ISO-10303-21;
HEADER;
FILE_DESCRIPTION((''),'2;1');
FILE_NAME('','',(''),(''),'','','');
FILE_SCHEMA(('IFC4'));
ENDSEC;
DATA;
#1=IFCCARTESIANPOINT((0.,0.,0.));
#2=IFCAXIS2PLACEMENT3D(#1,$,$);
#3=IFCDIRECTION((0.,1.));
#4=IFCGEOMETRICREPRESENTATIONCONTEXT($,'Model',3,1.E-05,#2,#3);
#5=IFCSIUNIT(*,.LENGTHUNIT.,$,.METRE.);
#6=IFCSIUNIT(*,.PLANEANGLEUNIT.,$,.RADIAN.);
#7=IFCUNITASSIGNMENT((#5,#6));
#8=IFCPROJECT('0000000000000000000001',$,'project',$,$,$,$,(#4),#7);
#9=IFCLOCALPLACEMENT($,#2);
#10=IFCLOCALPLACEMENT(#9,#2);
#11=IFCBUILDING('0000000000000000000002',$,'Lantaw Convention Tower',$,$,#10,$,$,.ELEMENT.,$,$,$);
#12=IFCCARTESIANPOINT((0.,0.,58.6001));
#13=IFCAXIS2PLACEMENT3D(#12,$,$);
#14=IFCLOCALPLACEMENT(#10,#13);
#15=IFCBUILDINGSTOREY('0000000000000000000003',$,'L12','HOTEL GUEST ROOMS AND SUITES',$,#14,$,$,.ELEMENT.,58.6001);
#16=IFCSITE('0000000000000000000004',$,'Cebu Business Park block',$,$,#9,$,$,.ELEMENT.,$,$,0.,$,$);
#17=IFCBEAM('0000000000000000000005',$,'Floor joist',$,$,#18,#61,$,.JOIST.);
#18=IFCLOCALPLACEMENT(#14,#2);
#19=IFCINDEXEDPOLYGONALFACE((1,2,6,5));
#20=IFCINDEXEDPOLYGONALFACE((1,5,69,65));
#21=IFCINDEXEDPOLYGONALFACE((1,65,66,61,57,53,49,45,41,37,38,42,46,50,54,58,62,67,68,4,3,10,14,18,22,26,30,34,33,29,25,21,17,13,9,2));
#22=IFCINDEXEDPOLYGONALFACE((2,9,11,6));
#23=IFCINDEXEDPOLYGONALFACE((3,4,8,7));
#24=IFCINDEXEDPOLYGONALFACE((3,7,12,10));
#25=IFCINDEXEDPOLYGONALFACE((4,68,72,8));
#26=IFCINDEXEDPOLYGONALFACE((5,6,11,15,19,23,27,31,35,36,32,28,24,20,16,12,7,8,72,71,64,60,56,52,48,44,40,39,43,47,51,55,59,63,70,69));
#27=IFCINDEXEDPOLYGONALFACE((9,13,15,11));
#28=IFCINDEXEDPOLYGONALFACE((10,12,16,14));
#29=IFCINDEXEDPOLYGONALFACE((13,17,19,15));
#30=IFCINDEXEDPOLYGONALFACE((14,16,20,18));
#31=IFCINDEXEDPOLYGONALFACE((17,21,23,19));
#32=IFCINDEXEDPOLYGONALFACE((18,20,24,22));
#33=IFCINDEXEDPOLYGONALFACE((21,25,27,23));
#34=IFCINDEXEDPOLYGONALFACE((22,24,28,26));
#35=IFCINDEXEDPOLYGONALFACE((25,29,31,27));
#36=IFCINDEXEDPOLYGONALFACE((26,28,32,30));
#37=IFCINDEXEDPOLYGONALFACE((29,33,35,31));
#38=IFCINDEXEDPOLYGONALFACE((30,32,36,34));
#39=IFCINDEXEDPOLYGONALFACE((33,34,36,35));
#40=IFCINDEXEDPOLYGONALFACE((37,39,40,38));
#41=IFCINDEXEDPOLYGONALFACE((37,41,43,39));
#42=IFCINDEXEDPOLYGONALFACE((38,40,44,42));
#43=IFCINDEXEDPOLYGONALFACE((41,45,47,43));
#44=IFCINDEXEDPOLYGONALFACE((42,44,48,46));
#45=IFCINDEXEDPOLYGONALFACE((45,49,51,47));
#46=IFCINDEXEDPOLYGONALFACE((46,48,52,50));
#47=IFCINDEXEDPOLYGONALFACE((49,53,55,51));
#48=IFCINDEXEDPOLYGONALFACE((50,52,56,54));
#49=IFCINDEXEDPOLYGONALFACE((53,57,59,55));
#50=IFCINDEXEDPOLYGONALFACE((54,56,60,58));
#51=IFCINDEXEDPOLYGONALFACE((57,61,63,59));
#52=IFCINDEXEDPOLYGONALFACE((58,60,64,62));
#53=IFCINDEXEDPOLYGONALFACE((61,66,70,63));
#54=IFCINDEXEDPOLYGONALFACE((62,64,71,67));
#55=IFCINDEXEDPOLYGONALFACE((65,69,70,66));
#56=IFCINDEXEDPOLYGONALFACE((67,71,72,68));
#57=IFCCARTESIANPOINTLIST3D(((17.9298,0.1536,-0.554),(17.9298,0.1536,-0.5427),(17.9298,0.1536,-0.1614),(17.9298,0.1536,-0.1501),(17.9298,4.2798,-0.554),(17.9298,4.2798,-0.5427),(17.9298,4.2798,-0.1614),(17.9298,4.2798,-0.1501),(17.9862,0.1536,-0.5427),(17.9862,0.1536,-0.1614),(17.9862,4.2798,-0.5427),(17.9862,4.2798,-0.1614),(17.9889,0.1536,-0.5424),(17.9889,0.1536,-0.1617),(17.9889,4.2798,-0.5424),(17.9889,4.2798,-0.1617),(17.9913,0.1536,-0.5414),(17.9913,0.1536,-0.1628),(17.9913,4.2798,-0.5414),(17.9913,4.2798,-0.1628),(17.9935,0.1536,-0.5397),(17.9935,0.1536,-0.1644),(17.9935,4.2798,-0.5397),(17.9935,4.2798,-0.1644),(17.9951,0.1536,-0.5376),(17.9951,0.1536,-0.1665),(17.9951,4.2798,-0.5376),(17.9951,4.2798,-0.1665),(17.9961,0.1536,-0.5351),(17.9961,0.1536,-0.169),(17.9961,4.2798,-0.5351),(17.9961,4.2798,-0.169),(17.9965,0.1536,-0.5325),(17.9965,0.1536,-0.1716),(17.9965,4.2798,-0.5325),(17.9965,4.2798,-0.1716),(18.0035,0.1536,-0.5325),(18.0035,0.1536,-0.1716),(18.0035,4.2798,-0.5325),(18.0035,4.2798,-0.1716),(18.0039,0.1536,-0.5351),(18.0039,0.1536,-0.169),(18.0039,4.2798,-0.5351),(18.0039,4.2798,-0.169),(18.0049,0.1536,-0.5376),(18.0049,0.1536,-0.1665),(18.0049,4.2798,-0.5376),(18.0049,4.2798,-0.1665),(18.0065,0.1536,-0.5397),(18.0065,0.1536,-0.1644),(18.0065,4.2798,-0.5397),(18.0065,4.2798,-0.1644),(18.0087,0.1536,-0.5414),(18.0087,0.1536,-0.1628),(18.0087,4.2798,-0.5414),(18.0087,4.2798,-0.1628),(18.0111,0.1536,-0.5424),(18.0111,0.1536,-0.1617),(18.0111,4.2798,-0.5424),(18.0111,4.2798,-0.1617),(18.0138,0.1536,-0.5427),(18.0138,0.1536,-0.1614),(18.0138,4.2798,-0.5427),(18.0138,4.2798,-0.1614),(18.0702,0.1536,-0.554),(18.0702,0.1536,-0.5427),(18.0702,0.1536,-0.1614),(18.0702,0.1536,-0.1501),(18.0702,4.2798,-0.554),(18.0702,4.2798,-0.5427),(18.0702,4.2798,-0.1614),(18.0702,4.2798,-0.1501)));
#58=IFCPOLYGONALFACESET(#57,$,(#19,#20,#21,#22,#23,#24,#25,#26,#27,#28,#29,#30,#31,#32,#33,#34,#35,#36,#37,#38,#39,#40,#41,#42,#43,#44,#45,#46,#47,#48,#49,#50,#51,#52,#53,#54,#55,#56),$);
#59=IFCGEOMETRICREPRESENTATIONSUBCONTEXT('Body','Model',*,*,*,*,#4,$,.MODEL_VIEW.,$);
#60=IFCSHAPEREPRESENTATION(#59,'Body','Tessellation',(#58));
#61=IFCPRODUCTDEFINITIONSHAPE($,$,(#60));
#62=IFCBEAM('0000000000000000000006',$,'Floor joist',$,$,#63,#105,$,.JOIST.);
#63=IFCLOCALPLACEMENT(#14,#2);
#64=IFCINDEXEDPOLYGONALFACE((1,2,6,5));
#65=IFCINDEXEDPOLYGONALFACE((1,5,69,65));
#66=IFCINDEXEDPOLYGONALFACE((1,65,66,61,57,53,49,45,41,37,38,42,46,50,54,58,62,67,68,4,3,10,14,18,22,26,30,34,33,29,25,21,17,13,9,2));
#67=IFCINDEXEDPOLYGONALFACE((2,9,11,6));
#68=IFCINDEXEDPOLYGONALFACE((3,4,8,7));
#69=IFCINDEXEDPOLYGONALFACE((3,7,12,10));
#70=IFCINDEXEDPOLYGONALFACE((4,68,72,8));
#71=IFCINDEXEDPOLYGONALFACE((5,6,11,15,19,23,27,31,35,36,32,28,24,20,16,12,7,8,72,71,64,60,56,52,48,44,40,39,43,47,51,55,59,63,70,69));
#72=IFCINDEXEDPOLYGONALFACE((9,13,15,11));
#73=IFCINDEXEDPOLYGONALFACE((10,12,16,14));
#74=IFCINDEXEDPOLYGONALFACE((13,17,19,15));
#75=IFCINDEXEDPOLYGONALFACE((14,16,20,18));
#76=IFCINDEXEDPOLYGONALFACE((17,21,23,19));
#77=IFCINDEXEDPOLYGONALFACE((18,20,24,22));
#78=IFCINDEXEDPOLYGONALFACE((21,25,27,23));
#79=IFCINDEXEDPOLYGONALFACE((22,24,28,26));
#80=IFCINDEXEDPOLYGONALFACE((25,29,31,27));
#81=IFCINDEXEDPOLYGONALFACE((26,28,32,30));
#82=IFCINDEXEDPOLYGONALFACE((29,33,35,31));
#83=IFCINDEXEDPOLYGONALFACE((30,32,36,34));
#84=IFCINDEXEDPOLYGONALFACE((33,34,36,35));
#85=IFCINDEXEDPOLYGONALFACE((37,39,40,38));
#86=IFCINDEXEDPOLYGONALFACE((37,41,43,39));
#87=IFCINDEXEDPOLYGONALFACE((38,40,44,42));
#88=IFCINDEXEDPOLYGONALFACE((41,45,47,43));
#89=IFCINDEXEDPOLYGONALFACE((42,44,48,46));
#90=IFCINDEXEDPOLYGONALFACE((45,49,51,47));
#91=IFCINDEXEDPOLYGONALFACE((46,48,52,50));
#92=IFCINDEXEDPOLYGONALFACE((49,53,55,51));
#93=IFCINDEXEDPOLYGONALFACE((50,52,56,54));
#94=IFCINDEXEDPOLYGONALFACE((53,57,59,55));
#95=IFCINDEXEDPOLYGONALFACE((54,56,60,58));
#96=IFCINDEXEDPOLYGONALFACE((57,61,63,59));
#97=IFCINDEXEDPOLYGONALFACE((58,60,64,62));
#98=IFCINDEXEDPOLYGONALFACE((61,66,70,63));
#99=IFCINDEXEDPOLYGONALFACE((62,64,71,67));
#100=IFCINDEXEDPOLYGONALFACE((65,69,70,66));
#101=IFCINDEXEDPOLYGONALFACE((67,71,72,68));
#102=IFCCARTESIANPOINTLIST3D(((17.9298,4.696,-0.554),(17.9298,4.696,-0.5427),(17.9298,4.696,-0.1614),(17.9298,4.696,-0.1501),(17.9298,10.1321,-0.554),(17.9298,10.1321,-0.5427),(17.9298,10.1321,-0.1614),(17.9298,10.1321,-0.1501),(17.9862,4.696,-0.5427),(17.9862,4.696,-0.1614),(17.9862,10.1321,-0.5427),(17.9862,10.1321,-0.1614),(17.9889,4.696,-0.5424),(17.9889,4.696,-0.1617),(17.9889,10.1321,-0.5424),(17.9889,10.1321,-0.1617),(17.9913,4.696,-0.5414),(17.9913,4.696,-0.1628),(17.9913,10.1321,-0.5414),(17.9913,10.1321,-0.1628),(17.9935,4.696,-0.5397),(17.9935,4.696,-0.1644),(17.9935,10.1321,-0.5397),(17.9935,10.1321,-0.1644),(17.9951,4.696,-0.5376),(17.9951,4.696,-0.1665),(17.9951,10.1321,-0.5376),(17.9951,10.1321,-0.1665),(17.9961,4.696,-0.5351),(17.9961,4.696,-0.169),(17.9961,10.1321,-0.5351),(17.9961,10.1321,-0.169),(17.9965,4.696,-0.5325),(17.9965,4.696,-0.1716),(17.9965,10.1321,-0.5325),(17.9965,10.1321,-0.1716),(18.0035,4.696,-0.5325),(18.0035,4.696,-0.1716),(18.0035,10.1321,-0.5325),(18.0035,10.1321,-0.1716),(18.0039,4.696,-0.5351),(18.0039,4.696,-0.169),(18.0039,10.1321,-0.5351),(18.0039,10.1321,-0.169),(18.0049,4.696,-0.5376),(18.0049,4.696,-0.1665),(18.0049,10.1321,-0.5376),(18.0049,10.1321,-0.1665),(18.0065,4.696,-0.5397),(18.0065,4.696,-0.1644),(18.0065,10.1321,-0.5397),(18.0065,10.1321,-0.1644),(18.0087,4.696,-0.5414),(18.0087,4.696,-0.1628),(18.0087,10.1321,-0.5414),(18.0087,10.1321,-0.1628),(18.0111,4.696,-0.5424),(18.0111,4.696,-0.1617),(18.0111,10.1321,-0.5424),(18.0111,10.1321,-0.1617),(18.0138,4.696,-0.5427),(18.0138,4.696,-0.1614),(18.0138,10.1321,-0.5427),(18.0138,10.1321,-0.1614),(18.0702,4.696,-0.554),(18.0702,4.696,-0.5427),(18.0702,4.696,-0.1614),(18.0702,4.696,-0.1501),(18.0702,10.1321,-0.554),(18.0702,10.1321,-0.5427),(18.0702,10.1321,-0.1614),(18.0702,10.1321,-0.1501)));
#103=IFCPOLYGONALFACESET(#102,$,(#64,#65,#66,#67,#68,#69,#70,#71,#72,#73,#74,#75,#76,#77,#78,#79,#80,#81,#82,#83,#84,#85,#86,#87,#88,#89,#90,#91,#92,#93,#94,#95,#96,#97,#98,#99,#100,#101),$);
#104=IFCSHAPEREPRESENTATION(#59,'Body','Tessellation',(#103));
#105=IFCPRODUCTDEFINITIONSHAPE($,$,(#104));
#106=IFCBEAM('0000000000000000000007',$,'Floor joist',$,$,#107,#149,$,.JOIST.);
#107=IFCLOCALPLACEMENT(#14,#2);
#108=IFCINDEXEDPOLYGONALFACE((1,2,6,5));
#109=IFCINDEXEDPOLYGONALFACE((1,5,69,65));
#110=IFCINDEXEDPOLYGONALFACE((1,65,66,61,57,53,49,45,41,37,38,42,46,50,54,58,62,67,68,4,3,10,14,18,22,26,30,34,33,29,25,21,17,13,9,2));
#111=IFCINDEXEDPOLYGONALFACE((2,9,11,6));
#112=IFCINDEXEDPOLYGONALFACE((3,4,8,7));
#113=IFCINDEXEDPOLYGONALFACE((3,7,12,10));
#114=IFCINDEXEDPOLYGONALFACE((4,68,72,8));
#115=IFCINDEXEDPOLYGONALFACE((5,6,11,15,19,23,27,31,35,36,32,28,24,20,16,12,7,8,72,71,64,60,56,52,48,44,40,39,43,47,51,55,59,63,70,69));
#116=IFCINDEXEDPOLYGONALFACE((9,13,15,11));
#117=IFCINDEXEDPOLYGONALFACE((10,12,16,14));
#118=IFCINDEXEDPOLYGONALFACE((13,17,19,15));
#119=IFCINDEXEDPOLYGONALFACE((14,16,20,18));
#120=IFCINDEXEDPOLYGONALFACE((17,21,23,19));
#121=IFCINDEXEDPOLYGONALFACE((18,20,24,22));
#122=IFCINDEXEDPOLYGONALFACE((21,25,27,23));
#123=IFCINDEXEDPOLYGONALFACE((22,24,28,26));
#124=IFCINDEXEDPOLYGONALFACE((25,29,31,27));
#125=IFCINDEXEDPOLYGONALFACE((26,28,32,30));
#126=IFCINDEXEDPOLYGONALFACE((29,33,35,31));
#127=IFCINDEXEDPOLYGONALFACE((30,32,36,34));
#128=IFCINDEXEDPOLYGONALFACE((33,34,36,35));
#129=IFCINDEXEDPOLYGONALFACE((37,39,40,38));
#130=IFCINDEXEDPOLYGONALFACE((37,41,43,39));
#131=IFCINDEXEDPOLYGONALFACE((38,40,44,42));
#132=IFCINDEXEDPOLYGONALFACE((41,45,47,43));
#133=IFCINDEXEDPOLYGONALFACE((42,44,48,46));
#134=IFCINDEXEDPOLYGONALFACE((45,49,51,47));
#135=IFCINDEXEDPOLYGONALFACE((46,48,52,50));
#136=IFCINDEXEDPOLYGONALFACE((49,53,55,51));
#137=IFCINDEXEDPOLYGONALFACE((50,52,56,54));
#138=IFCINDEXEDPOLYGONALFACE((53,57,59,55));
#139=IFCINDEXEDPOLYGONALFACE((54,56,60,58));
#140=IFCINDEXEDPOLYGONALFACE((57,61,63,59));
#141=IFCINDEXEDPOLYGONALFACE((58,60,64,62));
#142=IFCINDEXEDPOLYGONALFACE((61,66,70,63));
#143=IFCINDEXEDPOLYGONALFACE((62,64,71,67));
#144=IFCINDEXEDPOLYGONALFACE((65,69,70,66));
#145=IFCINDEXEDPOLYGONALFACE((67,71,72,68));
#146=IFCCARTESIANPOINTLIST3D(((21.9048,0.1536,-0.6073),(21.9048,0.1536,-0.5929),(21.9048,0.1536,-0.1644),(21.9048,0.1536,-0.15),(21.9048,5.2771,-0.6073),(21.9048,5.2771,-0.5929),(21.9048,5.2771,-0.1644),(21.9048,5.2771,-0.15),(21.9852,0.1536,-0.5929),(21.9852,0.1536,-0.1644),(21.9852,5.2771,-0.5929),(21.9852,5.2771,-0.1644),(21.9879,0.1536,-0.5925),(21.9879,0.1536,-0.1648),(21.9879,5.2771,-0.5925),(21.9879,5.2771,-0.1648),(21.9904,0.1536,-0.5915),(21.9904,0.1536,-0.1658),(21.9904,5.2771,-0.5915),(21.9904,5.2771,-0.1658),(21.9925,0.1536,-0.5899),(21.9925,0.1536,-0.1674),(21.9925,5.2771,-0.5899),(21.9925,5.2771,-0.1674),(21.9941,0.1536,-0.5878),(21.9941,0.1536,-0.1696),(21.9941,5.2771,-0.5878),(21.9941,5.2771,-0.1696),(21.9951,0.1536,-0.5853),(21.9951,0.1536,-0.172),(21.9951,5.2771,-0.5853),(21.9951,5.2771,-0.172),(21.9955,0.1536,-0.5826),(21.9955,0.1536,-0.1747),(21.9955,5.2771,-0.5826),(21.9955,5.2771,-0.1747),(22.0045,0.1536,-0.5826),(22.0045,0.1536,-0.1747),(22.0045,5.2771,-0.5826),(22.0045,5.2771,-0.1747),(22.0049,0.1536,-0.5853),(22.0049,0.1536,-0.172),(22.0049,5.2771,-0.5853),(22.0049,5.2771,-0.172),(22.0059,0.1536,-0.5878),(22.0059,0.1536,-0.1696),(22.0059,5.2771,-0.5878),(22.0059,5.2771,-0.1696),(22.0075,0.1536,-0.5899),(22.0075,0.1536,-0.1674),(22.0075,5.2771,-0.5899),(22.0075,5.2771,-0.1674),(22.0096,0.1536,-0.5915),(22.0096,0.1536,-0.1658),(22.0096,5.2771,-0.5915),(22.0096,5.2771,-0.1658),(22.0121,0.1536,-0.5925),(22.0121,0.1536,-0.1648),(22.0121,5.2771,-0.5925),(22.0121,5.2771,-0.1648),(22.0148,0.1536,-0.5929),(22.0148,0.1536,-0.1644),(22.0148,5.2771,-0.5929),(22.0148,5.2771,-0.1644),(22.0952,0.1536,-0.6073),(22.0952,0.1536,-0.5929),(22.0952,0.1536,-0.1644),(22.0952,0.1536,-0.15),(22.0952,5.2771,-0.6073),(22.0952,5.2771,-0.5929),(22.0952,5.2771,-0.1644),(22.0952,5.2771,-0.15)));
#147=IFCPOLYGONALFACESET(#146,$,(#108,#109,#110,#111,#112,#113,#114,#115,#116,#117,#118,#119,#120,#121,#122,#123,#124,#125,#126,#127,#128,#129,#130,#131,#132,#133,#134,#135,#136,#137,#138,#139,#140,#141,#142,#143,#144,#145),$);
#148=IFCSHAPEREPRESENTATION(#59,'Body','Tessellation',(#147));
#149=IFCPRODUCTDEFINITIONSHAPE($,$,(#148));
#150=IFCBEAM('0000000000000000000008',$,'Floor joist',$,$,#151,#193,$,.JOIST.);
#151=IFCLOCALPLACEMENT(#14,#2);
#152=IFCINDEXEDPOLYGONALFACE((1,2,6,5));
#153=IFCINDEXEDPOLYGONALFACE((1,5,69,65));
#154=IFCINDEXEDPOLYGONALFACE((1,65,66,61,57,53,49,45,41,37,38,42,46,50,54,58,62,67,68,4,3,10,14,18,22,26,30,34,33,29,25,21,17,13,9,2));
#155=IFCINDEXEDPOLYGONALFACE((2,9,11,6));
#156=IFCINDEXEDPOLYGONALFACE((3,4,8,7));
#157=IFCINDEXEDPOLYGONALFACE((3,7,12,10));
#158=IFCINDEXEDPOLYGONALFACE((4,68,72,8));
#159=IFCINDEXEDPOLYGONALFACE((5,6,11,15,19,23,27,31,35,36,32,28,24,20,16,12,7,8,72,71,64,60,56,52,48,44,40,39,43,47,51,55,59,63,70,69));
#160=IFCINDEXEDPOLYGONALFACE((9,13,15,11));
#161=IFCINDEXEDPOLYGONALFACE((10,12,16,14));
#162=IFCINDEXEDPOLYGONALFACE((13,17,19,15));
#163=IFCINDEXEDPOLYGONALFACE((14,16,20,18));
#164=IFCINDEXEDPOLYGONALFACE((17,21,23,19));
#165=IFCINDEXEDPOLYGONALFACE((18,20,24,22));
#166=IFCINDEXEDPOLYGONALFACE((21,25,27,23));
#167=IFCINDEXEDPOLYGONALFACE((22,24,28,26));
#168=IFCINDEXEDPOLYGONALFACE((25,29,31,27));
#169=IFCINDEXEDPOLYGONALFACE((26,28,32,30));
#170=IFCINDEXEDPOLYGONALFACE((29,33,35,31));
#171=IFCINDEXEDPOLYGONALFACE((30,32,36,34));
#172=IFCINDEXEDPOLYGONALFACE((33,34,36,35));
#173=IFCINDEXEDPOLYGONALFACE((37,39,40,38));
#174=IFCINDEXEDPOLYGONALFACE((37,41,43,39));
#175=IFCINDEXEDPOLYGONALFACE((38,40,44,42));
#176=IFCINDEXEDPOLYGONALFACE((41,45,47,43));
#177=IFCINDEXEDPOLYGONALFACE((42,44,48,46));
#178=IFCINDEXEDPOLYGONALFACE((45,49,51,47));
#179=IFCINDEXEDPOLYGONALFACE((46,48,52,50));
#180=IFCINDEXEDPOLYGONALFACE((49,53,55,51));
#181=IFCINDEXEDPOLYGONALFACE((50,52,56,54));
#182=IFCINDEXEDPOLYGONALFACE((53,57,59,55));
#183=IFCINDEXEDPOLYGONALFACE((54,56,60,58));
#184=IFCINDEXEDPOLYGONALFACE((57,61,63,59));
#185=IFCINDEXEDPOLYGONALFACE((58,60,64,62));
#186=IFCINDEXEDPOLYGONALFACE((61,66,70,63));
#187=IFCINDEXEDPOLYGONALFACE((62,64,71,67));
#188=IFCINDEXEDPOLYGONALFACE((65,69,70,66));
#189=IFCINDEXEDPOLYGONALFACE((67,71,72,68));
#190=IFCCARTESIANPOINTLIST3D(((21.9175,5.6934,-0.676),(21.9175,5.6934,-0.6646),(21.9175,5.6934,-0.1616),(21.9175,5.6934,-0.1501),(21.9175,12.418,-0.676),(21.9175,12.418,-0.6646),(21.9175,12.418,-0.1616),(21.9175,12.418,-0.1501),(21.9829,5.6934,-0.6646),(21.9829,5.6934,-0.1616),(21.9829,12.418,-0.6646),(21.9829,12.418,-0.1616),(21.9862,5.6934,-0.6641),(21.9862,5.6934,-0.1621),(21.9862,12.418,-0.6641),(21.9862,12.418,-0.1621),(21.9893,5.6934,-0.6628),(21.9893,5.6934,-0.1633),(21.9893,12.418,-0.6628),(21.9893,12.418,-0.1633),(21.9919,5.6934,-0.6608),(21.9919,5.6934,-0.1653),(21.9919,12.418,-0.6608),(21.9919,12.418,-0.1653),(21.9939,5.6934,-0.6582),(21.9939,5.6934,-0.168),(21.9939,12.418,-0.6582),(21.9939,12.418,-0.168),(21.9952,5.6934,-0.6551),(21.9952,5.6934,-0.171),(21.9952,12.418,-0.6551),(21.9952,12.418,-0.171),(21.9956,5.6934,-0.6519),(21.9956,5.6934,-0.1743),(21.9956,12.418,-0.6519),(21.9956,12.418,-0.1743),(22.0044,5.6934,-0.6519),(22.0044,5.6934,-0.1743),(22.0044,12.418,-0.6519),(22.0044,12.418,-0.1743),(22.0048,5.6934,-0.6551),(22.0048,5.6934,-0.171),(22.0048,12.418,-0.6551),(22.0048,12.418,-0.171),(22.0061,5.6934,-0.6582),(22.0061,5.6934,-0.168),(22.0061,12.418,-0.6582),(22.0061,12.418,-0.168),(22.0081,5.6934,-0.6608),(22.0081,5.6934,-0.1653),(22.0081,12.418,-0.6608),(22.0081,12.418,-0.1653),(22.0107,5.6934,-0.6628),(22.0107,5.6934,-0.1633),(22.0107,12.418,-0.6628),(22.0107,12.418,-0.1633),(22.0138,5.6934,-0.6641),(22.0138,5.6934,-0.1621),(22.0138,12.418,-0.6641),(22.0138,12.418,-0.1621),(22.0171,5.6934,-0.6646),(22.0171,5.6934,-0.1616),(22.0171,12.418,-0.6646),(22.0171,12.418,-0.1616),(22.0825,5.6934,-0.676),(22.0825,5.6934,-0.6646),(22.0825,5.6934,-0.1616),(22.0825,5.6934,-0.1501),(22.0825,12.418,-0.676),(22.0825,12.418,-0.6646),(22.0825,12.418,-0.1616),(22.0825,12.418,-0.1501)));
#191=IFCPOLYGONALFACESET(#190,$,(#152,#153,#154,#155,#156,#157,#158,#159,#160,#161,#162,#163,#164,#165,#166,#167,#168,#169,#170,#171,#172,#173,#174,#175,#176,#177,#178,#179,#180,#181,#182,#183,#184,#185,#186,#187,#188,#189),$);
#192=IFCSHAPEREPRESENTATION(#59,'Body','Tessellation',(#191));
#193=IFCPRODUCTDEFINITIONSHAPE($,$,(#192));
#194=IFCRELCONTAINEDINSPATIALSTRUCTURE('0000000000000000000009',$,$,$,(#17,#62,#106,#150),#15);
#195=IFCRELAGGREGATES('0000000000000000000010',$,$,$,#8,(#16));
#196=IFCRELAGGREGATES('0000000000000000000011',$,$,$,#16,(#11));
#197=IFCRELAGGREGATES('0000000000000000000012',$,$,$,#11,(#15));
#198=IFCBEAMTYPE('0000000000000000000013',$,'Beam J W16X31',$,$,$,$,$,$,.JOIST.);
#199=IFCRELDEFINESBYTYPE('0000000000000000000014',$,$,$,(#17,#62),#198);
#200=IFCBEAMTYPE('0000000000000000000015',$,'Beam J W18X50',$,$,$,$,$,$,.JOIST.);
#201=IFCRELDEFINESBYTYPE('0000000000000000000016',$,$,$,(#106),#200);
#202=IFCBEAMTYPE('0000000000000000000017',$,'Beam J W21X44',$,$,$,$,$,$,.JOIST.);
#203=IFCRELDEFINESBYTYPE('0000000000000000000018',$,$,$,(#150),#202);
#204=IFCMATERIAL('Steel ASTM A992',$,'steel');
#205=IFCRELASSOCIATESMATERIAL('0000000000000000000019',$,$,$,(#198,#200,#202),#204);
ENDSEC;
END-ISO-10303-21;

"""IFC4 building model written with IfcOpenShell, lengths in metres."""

from ifc_helpers import new_model, si_unit, direction, frame, origin, origin_2d, place, context, subcontext, project, spatial, i_section, extrude, material, material_profile, profile_set, type_object, element, save


model = new_model("IFC4")

# Units and contexts
model_context = context("Model", 3, precision=1e-05, world=origin(), true_north=direction((0.0, 1.0)))
body_context = subcontext(model_context, "Body", "Model", "MODEL_VIEW")
ifc_project = project(units=[si_unit("LENGTHUNIT", "METRE"), si_unit("PLANEANGLEUNIT", "RADIAN")], contexts=[model_context])

# Site, building, storey
site_placement = place(None, origin())
site = spatial("IfcSite", under=ifc_project, at=site_placement, Name="Cebu Business Park block", CompositionType="ELEMENT", RefElevation=0.0)
building_placement = place(site_placement, origin())
building = spatial("IfcBuilding", under=site, at=building_placement, Name="Lantaw Convention Tower", CompositionType="ELEMENT")
storey_placement = place(building_placement, frame((0.0, 0.0, 58.6001)))
storey = spatial("IfcBuildingStorey", under=building, at=storey_placement, Name="L12", Description="HOTEL GUEST ROOMS AND SUITES", CompositionType="ELEMENT", Elevation=58.6001)

# Beams
ifc_material_1 = material(Name="Steel ASTM A992", Category="steel")
ifc_material_profile_1 = material_profile(ifc_material_1, i_section(OverallWidth=0.1404, OverallDepth=0.4038, WebThickness=0.0071, FlangeThickness=0.0112, FilletRadius=0.0103, at=origin_2d()), Name="W16X31")
ifc_profile_set_1 = profile_set([ifc_material_profile_1], Name="Steel ASTM A992")
beam_type_1 = type_object("IfcBeamType", Name="Beam J W16X31", PredefinedType="JOIST", material=ifc_profile_set_1)
beam_1_placement = place(storey_placement, frame((18.0, 0.1536, -0.3521), z_axis=(0.0, 1.0, 0.0), x_axis=(-1.0, 0.0, 0.0)))
element("IfcBeam", 1, at=beam_1_placement, inside=storey, type_object=beam_type_1, Name="Floor joist", PredefinedType="JOIST", context=body_context, shape_type="SweptSolid", body=[
    extrude(i_section(OverallWidth=0.1404, OverallDepth=0.4038, WebThickness=0.0071, FlangeThickness=0.0112, FilletRadius=0.0103, at=origin_2d()), origin(), (0.0, 0.0, 1.0), 4.1262),
])
beam_2_placement = place(storey_placement, frame((18.0, 4.696, -0.3521), z_axis=(0.0, 1.0, 0.0), x_axis=(-1.0, 0.0, 0.0)))
element("IfcBeam", 2, at=beam_2_placement, inside=storey, type_object=beam_type_1, Name="Floor joist", PredefinedType="JOIST", context=body_context, shape_type="SweptSolid", body=[
    extrude(i_section(OverallWidth=0.1404, OverallDepth=0.4038, WebThickness=0.0071, FlangeThickness=0.0112, FilletRadius=0.0103, at=origin_2d()), origin(), (0.0, 0.0, 1.0), 5.436),
])
ifc_material_profile_2 = material_profile(ifc_material_1, i_section(OverallWidth=0.1904, OverallDepth=0.4573, WebThickness=0.009, FlangeThickness=0.0144, FilletRadius=0.0103, at=origin_2d()), Name="W18X50")
ifc_profile_set_2 = profile_set([ifc_material_profile_2], Name="Steel ASTM A992")
beam_type_2 = type_object("IfcBeamType", Name="Beam J W18X50", PredefinedType="JOIST", material=ifc_profile_set_2)
beam_3_placement = place(storey_placement, frame((22.0, 0.1536, -0.3787), z_axis=(0.0, 1.0, 0.0), x_axis=(-1.0, 0.0, 0.0)))
element("IfcBeam", 3, at=beam_3_placement, inside=storey, type_object=beam_type_2, Name="Floor joist", PredefinedType="JOIST", context=body_context, shape_type="SweptSolid", body=[
    extrude(i_section(OverallWidth=0.1904, OverallDepth=0.4573, WebThickness=0.009, FlangeThickness=0.0144, FilletRadius=0.0103, at=origin_2d()), origin(), (0.0, 0.0, 1.0), 5.1235),
])
ifc_material_profile_3 = material_profile(ifc_material_1, i_section(OverallWidth=0.165, OverallDepth=0.5259, WebThickness=0.0088, FlangeThickness=0.0115, FilletRadius=0.0127, at=origin_2d()), Name="W21X44")
ifc_profile_set_3 = profile_set([ifc_material_profile_3], Name="Steel ASTM A992")
beam_type_3 = type_object("IfcBeamType", Name="Beam J W21X44", PredefinedType="JOIST", material=ifc_profile_set_3)
beam_4_placement = place(storey_placement, frame((22.0, 5.6934, -0.4131), z_axis=(0.0, 1.0, 0.0), x_axis=(-1.0, 0.0, 0.0)))
element("IfcBeam", 4, at=beam_4_placement, inside=storey, type_object=beam_type_3, Name="Floor joist", PredefinedType="JOIST", context=body_context, shape_type="SweptSolid", body=[
    extrude(i_section(OverallWidth=0.165, OverallDepth=0.5259, WebThickness=0.0088, FlangeThickness=0.0115, FilletRadius=0.0127, at=origin_2d()), origin(), (0.0, 0.0, 1.0), 6.7246),
])

save(model, "model.ifc")
